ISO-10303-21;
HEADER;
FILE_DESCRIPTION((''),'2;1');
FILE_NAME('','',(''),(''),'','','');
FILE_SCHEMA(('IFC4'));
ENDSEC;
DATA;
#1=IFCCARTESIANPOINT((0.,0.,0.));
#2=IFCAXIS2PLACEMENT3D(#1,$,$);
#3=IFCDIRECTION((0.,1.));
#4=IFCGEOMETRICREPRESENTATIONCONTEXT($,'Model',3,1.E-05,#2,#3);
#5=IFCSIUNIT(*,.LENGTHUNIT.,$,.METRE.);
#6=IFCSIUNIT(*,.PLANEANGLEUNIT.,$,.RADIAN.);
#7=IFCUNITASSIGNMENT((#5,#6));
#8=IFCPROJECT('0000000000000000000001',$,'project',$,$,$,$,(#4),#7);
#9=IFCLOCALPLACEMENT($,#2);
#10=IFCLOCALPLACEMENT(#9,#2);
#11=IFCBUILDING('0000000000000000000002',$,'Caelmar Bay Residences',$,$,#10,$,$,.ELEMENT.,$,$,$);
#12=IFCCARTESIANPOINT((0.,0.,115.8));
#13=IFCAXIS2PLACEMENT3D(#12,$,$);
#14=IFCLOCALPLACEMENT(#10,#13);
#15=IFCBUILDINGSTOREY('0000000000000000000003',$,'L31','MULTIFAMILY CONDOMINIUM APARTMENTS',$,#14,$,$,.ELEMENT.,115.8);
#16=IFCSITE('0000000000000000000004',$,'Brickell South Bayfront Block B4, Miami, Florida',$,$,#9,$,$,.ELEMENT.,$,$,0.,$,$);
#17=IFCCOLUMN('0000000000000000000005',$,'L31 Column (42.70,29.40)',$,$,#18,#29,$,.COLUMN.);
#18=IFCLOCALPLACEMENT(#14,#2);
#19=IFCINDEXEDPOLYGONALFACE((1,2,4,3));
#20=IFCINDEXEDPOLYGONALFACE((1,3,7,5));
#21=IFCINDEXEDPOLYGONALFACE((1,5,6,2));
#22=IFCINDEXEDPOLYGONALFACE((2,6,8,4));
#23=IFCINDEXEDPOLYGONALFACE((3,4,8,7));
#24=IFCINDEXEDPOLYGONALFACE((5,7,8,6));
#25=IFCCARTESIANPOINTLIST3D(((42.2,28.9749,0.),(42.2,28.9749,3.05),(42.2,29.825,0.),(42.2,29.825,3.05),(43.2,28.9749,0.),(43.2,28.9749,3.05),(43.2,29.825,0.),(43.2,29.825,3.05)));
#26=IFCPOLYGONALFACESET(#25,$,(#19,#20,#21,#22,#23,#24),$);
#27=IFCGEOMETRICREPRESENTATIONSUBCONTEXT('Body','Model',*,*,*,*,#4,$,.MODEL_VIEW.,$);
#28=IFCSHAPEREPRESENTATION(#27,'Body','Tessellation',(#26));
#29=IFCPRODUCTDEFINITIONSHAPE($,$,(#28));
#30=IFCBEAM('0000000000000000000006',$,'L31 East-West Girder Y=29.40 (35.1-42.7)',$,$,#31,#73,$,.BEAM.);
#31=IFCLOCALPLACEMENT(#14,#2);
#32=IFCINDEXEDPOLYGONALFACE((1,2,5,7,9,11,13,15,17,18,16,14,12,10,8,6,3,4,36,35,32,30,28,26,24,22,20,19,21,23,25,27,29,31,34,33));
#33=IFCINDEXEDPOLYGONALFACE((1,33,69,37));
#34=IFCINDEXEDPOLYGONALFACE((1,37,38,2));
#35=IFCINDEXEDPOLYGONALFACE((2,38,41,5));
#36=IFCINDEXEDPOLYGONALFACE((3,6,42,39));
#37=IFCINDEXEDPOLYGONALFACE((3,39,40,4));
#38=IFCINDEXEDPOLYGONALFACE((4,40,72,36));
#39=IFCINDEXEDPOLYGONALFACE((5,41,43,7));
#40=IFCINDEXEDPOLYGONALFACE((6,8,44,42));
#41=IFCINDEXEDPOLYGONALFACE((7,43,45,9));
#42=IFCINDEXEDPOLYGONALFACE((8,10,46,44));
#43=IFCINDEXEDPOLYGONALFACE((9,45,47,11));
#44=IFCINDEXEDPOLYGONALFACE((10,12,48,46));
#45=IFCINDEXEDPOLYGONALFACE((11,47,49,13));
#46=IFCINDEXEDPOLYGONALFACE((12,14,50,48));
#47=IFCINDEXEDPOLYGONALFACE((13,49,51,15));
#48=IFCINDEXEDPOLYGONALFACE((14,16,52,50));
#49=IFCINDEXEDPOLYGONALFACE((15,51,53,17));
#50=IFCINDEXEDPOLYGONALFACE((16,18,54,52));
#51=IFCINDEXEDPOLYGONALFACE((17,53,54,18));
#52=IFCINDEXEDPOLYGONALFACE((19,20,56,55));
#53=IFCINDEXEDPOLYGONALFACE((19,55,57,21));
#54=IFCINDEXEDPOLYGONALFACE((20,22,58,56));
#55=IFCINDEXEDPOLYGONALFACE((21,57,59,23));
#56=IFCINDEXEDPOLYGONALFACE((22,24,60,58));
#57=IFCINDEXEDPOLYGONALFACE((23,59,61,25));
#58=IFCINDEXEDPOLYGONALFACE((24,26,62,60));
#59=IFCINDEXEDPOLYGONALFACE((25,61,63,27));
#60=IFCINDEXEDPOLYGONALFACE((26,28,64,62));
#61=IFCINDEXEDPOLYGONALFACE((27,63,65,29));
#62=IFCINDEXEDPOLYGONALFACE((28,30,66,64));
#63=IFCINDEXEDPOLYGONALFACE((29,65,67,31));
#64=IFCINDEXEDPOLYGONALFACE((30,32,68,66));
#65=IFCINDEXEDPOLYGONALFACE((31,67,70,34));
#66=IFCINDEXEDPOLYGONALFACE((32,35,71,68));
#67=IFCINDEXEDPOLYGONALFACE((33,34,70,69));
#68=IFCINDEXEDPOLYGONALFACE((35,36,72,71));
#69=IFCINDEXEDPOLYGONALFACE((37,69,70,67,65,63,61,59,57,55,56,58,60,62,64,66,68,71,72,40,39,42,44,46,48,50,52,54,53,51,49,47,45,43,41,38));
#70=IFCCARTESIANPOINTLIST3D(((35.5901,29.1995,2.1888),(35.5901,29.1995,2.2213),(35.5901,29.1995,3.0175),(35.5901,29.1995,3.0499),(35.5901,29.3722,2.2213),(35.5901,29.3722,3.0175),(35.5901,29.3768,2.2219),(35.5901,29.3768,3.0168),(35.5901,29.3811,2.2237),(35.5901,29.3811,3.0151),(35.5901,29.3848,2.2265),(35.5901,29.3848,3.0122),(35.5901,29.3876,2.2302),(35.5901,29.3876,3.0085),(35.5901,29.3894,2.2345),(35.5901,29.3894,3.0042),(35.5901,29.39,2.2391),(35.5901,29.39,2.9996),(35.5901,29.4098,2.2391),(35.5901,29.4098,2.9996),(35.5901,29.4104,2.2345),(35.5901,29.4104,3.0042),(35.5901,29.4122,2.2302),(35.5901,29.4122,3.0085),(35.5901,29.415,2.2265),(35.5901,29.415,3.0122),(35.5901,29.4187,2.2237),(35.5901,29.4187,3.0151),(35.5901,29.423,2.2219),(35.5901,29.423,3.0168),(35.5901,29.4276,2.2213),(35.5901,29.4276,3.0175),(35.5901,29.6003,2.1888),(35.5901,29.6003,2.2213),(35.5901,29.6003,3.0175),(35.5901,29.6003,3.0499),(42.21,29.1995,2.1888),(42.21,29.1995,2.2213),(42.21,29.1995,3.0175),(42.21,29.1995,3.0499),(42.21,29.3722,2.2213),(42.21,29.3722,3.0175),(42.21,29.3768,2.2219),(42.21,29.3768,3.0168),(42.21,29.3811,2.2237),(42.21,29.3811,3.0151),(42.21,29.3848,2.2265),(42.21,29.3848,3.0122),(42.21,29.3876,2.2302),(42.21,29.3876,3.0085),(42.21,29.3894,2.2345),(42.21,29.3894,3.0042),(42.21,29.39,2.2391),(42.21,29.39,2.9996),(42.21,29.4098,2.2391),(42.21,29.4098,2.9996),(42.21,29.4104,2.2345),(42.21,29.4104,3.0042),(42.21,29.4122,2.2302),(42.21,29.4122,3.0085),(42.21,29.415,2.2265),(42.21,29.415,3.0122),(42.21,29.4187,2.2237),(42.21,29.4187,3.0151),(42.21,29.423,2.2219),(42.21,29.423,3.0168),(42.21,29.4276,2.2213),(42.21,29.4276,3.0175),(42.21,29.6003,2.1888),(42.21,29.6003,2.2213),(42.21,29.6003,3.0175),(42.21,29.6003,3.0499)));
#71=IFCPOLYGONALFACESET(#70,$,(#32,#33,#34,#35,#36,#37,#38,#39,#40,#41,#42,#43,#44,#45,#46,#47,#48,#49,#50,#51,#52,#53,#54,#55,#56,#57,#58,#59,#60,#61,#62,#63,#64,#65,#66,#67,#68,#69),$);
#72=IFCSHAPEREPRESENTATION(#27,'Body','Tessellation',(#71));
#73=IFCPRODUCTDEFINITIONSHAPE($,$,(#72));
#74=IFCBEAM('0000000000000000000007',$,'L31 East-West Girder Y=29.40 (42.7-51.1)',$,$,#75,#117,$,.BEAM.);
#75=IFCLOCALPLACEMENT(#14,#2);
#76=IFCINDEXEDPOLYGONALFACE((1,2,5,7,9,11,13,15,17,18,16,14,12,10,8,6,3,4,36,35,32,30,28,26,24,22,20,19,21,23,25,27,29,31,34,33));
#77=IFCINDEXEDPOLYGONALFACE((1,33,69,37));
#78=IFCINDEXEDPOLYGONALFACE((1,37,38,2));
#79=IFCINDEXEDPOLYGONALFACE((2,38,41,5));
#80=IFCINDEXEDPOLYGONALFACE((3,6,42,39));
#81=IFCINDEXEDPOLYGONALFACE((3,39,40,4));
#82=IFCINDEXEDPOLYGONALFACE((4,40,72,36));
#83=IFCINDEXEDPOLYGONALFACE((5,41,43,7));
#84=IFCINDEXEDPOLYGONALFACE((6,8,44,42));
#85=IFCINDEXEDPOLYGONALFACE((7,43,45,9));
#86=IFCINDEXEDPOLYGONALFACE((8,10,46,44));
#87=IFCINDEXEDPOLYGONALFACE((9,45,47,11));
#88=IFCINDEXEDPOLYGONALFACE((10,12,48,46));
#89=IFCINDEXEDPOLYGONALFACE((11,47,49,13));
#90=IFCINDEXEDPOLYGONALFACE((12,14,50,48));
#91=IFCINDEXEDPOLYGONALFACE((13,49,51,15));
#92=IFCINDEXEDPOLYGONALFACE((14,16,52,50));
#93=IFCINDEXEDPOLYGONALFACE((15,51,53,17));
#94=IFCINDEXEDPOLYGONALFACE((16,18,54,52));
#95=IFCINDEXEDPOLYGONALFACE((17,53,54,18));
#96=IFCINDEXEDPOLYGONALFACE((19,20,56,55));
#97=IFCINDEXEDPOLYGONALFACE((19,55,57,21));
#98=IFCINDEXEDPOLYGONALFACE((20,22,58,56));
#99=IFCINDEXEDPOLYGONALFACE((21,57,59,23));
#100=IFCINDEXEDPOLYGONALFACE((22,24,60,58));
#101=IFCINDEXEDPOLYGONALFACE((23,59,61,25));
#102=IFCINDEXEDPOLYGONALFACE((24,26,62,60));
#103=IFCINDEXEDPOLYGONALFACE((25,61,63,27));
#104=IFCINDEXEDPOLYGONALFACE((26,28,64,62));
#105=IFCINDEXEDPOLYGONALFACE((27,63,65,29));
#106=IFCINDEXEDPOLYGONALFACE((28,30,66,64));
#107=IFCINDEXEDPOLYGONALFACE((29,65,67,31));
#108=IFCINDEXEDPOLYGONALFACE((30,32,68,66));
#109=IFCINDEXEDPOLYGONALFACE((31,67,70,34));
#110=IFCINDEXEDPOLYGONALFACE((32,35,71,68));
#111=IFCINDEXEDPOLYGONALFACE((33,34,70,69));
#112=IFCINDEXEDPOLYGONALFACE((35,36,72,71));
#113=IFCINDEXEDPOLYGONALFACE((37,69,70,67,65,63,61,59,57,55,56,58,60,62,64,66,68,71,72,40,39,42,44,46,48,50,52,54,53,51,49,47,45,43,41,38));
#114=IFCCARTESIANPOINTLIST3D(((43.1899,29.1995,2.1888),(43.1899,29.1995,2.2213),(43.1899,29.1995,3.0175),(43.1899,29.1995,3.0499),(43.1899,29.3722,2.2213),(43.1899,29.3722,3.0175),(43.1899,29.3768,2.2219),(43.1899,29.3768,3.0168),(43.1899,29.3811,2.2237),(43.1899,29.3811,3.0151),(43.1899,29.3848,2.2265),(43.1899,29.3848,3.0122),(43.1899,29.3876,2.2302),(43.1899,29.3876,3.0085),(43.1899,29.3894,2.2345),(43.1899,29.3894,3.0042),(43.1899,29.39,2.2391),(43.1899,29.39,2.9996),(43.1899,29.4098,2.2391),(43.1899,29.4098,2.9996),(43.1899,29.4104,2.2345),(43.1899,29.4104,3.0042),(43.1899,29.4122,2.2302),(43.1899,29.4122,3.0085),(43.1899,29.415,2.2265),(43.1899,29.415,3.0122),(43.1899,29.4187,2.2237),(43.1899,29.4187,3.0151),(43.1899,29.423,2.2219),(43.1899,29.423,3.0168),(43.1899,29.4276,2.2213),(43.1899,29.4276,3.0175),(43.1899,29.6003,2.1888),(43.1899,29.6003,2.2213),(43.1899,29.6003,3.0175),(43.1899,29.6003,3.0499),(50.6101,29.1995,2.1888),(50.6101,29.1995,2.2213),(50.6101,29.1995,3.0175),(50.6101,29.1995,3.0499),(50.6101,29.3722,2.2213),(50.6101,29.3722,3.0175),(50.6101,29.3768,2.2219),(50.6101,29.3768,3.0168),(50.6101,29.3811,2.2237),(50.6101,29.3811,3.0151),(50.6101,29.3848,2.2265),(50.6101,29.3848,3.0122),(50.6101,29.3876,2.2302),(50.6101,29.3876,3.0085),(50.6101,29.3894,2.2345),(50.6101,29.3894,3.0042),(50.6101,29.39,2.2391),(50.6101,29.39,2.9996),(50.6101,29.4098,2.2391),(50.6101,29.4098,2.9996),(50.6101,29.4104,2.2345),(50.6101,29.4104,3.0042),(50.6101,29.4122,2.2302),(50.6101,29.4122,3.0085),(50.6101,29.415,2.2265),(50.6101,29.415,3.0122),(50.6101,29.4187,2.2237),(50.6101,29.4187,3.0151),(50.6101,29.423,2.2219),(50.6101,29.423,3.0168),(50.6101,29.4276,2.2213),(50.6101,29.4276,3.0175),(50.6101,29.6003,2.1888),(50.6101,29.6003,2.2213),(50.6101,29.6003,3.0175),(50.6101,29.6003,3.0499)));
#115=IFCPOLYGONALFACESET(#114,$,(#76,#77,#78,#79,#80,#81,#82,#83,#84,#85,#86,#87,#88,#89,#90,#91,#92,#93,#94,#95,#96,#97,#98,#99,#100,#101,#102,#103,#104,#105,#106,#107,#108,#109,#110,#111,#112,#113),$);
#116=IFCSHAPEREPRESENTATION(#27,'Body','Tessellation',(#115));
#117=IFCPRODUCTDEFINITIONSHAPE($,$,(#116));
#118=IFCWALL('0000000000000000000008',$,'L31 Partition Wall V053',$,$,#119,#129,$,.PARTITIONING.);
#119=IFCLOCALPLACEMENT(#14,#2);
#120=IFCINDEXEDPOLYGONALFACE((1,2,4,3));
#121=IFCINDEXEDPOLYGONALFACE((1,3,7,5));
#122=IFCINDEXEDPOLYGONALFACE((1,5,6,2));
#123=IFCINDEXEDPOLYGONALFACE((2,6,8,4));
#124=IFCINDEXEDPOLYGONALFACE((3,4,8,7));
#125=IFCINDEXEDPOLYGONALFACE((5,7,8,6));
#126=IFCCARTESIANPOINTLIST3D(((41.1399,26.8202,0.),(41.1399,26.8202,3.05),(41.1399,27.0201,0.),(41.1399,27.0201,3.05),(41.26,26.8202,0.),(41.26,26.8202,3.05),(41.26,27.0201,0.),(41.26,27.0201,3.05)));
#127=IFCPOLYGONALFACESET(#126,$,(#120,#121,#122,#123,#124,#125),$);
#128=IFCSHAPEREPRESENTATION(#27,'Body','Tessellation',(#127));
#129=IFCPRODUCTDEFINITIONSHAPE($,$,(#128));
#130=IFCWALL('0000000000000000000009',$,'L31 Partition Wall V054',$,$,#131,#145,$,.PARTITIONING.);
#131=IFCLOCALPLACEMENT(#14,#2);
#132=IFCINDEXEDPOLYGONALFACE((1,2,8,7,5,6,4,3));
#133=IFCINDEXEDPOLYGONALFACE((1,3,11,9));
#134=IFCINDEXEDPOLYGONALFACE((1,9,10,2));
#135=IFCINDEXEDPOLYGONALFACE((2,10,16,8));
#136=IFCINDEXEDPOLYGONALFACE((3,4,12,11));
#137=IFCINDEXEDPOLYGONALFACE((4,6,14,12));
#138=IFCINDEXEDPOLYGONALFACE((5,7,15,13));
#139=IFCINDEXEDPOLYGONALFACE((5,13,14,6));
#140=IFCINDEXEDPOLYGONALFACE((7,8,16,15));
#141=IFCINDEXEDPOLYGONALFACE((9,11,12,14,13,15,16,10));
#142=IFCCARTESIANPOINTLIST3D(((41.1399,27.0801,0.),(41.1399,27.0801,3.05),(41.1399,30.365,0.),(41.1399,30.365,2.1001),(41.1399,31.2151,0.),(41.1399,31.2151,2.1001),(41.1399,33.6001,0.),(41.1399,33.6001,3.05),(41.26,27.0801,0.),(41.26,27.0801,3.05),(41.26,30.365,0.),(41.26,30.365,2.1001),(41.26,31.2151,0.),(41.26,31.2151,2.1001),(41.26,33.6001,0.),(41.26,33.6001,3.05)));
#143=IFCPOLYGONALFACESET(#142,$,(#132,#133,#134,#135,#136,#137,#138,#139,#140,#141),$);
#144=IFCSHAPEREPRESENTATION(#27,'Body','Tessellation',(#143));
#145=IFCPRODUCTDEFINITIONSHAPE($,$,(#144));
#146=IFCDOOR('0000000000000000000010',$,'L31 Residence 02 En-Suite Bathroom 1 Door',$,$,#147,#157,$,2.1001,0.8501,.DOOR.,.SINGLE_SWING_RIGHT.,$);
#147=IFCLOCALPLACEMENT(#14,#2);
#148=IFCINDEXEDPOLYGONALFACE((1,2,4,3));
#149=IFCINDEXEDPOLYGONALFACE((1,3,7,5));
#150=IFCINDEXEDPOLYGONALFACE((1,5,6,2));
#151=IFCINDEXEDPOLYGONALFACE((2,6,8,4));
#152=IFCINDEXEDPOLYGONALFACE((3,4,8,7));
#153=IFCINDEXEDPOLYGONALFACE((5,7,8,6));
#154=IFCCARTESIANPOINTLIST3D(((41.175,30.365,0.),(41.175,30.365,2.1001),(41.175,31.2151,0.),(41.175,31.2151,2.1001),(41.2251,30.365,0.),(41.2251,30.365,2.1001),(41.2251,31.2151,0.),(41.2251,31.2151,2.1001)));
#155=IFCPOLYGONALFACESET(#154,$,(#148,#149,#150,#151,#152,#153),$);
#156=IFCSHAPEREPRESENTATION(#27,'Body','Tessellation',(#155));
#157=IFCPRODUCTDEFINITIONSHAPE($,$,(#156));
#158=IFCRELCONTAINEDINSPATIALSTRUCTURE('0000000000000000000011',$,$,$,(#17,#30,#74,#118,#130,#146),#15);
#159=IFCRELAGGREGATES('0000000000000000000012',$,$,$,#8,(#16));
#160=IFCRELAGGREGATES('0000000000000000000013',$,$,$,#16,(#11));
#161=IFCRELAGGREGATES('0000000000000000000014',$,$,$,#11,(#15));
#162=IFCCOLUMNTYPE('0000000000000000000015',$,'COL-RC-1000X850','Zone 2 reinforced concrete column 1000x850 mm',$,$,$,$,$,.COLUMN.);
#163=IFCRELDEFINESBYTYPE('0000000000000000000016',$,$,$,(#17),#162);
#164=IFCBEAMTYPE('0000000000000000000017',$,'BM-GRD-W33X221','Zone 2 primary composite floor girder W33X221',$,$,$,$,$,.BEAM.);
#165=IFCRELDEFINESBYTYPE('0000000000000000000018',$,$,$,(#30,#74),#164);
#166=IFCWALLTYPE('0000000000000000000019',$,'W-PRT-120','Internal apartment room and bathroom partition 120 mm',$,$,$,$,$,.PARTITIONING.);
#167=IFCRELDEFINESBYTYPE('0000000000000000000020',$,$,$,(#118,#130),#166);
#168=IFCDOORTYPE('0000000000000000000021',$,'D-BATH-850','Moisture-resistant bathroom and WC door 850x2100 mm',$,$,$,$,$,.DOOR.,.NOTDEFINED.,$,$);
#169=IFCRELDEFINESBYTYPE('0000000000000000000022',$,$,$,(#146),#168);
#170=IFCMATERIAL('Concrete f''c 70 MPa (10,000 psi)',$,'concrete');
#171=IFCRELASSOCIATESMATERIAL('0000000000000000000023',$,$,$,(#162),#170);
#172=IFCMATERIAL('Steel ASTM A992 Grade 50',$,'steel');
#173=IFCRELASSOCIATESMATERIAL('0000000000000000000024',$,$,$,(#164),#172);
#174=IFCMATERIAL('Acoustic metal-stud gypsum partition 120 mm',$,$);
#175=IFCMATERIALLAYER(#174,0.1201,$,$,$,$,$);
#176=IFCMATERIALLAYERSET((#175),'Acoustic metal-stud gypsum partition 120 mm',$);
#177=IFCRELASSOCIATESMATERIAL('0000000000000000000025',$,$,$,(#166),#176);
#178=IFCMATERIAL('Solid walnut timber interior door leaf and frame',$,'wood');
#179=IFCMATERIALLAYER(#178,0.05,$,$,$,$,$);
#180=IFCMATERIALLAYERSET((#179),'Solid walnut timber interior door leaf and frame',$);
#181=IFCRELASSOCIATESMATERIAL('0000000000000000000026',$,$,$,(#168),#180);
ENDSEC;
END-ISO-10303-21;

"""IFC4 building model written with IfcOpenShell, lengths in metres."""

from ifc_helpers import new_model, si_unit, direction, frame, frame_2d, origin, origin_2d, place, context, subcontext, project, spatial, rectangle, i_section, extrude, material, layer, layer_set, material_profile, profile_set, type_object, element, fill, save


model = new_model("IFC4")

# Units and contexts
model_context = context("Model", 3, precision=1e-05, world=origin(), true_north=direction((0.0, 1.0)))
body_context = subcontext(model_context, "Body", "Model", "MODEL_VIEW")
ifc_project = project(units=[si_unit("LENGTHUNIT", "METRE"), si_unit("PLANEANGLEUNIT", "RADIAN")], contexts=[model_context])

# Site, building, storey
site_placement = place(None, origin())
site = spatial("IfcSite", under=ifc_project, at=site_placement, Name="Brickell South Bayfront Block B4, Miami, Florida", CompositionType="ELEMENT", RefElevation=0.0)
building_placement = place(site_placement, origin())
building = spatial("IfcBuilding", under=site, at=building_placement, Name="Caelmar Bay Residences", CompositionType="ELEMENT")
storey_placement = place(building_placement, frame((0.0, 0.0, 115.8)))
storey = spatial("IfcBuildingStorey", under=building, at=storey_placement, Name="L31", Description="MULTIFAMILY CONDOMINIUM APARTMENTS", CompositionType="ELEMENT", Elevation=115.8)

# Column
ifc_material_1 = material(Name="Concrete f'c 70 MPa (10,000 psi)", Category="concrete")
ifc_material_profile_1 = material_profile(ifc_material_1, rectangle(XDim=1.0, YDim=0.8501, at=origin_2d()), Name="RC-COL-1000X850")
ifc_profile_set_1 = profile_set([ifc_material_profile_1], Name="Concrete f'c 70 MPa (10,000 psi)")
column_type = type_object("IfcColumnType", Name="COL-RC-1000X850", Description="Zone 2 reinforced concrete column 1000x850 mm", PredefinedType="COLUMN", material=ifc_profile_set_1)
column_placement = place(storey_placement, frame((42.7, 29.3999, 0.0), z_axis=(0.0, 0.0, 1.0), x_axis=(1.0, 0.0, 0.0)))
element("IfcColumn", 1, at=column_placement, inside=storey, type_object=column_type, Name="L31 Column (42.70,29.40)", PredefinedType="COLUMN", context=body_context, shape_type="SweptSolid", body=[
    extrude(rectangle(XDim=1.0, YDim=0.8501, at=origin_2d()), origin(), (0.0, 0.0, 1.0), 3.05),
])

# Beams
ifc_material_2 = material(Name="Steel ASTM A992 Grade 50", Category="steel")
ifc_material_profile_2 = material_profile(ifc_material_2, i_section(OverallWidth=0.4009, OverallDepth=0.8611, WebThickness=0.0198, FlangeThickness=0.0325, FilletRadius=0.0178, at=origin_2d()), Name="W33X221")
ifc_profile_set_2 = profile_set([ifc_material_profile_2], Name="Steel ASTM A992 Grade 50")
beam_type = type_object("IfcBeamType", Name="BM-GRD-W33X221", Description="Zone 2 primary composite floor girder W33X221", PredefinedType="BEAM", material=ifc_profile_set_2)
beam_1_placement = place(storey_placement, frame((35.5901, 29.3999, 2.6194), z_axis=(1.0, 0.0, 0.0), x_axis=(0.0, 1.0, 0.0)))
element("IfcBeam", 2, at=beam_1_placement, inside=storey, type_object=beam_type, Name="L31 East-West Girder Y=29.40 (35.1-42.7)", PredefinedType="BEAM", context=body_context, shape_type="SweptSolid", body=[
    extrude(i_section(OverallWidth=0.4009, OverallDepth=0.8611, WebThickness=0.0198, FlangeThickness=0.0325, FilletRadius=0.0178, at=origin_2d()), origin(), (0.0, 0.0, 1.0), 6.6199),
])
beam_2_placement = place(storey_placement, frame((43.1899, 29.3999, 2.6194), z_axis=(1.0, 0.0, 0.0), x_axis=(0.0, 1.0, 0.0)))
element("IfcBeam", 3, at=beam_2_placement, inside=storey, type_object=beam_type, Name="L31 East-West Girder Y=29.40 (42.7-51.1)", PredefinedType="BEAM", context=body_context, shape_type="SweptSolid", body=[
    extrude(i_section(OverallWidth=0.4009, OverallDepth=0.8611, WebThickness=0.0198, FlangeThickness=0.0325, FilletRadius=0.0178, at=origin_2d()), origin(), (0.0, 0.0, 1.0), 7.4202),
])

# Wall
ifc_material_3 = material(Name="Acoustic metal-stud gypsum partition 120 mm")
ifc_layer_1 = layer(ifc_material_3, 0.1201)
ifc_layer_set_1 = layer_set([ifc_layer_1], Name="Acoustic metal-stud gypsum partition 120 mm")
wall_type_1 = type_object("IfcWallType", Name="W-PRT-120", Description="Internal apartment room and bathroom partition 120 mm", PredefinedType="PARTITIONING", material=ifc_layer_set_1)
wall_1_placement = place(storey_placement, frame((41.2, 26.8201, 0.0), z_axis=(0.0, 0.0, 1.0), x_axis=(0.0, 1.0, 0.0)))
element("IfcWall", 4, at=wall_1_placement, inside=storey, type_object=wall_type_1, Name="L31 Partition Wall V053", PredefinedType="PARTITIONING", context=body_context, shape_type="SweptSolid", body=[
    extrude(rectangle(XDim=0.2, YDim=0.1201, at=frame_2d((0.1001, 0.0))), origin(), (0.0, 0.0, 1.0), 3.05),
])

# Wall, opening, door
wall_2_placement = place(storey_placement, frame((41.2, 27.0801, 0.0), z_axis=(0.0, 0.0, 1.0), x_axis=(0.0, 1.0, 0.0)))
wall_2 = element("IfcWall", 5, at=wall_2_placement, inside=storey, type_object=wall_type_1, Name="L31 Partition Wall V054", PredefinedType="PARTITIONING", context=body_context, shape_type="SweptSolid", body=[
    extrude(rectangle(XDim=6.52, YDim=0.1201, at=frame_2d((3.26, 0.0))), origin(), (0.0, 0.0, 1.0), 3.05),
])
opening_1_placement = place(wall_2_placement, frame((3.2849, 0.0, 0.0)))
opening_1 = element("IfcOpeningElement", 6, at=opening_1_placement, cuts=wall_2, PredefinedType="OPENING", context=body_context, shape_type="SweptSolid", body=[
    extrude(rectangle(XDim=0.8501, YDim=2.1001, at=frame_2d((0.425, 1.05))), frame((0.0, 0.0701, 0.0), z_axis=(0.0, -1.0, 0.0), x_axis=(1.0, 0.0, 0.0)), (0.0, 0.0, 1.0), 0.1401),
])
ifc_material_4 = material(Name="Solid walnut timber interior door leaf and frame", Category="wood")
ifc_layer_2 = layer(ifc_material_4, 0.05)
ifc_layer_set_2 = layer_set([ifc_layer_2], Name="Solid walnut timber interior door leaf and frame")
door_type_1 = type_object("IfcDoorType", Name="D-BATH-850", Description="Moisture-resistant bathroom and WC door 850x2100 mm", OperationType="NOTDEFINED", PredefinedType="DOOR", material=ifc_layer_set_2)
door_1_placement = place(opening_1_placement, origin())
door_1 = element("IfcDoor", 7, at=door_1_placement, inside=storey, type_object=door_type_1, Name="L31 Residence 02 En-Suite Bathroom 1 Door", OperationType="SINGLE_SWING_RIGHT", OverallHeight=2.1001, OverallWidth=0.8501, PredefinedType="DOOR", context=body_context, shape_type="SweptSolid", body=[
    extrude(rectangle(XDim=0.8501, YDim=2.1001, at=frame_2d((0.425, 1.05))), frame((0.0, 0.0249, 0.0), z_axis=(0.0, -1.0, 0.0), x_axis=(1.0, 0.0, 0.0)), (0.0, 0.0, 1.0), 0.05),
])
fill(opening_1, door_1)

save(model, "model.ifc")
